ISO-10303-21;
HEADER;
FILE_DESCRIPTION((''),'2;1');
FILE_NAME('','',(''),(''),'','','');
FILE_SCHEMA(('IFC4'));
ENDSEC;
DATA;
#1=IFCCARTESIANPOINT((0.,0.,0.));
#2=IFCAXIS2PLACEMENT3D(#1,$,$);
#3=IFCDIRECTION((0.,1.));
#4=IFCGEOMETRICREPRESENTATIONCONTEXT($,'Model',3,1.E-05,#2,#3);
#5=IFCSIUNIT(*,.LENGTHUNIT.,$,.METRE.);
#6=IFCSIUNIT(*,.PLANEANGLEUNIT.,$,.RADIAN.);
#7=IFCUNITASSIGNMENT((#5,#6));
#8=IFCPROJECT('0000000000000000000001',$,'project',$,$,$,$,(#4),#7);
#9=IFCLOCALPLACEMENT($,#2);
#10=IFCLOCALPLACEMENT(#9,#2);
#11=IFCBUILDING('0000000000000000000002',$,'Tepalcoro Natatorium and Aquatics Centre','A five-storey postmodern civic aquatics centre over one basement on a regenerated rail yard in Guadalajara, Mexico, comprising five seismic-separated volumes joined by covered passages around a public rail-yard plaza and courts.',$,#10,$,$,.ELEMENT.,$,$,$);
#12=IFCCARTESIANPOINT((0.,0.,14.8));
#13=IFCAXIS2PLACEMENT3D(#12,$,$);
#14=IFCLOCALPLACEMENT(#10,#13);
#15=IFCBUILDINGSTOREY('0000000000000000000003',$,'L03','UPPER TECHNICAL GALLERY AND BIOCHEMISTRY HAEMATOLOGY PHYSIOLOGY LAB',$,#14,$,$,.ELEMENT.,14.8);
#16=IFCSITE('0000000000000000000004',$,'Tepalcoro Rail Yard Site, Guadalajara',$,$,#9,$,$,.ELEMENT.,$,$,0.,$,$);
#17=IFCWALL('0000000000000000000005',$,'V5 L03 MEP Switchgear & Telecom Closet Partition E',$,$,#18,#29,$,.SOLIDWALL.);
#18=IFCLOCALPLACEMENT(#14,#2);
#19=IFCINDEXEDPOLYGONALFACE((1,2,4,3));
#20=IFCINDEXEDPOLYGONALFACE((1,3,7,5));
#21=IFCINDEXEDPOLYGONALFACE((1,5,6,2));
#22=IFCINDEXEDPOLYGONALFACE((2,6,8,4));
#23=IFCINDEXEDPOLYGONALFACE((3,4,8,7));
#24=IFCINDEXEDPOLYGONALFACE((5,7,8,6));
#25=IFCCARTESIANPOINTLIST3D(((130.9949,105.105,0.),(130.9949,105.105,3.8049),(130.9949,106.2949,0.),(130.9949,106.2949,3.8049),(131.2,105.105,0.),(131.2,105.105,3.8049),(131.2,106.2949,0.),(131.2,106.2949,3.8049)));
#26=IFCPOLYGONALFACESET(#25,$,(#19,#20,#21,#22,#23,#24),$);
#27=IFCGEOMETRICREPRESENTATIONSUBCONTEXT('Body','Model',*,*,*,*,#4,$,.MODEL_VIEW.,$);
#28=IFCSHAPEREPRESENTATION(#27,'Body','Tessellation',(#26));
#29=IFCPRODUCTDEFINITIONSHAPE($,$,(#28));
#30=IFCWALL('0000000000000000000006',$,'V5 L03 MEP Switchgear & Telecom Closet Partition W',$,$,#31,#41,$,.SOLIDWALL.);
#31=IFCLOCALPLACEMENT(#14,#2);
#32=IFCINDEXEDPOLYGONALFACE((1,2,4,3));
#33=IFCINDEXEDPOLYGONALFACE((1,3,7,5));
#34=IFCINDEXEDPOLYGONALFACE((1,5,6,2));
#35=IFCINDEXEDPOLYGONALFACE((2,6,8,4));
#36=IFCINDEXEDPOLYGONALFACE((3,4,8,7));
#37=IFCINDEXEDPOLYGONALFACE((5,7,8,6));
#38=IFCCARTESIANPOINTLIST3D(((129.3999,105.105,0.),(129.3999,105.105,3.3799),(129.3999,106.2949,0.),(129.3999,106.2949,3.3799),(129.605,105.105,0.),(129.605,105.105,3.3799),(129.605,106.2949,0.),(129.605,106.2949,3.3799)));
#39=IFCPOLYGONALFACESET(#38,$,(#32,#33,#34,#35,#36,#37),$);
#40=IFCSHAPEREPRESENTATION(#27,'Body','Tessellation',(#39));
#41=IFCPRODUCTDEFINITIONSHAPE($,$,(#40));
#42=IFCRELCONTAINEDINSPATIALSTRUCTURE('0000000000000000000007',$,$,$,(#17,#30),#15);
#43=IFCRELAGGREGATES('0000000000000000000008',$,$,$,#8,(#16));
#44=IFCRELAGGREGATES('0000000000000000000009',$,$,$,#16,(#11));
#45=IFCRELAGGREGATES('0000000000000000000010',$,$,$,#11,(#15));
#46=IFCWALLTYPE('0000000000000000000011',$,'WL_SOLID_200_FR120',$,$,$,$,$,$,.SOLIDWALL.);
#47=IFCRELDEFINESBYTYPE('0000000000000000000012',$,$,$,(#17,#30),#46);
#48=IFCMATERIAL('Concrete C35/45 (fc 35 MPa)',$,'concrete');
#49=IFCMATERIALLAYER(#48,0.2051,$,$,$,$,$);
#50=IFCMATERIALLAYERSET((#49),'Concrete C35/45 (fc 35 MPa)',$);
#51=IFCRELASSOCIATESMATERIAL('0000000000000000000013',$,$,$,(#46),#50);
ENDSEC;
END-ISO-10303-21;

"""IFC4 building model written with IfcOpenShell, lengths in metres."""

from ifc_helpers import new_model, si_unit, direction, frame, frame_2d, origin, place, context, subcontext, project, spatial, rectangle, extrude, material, layer, layer_set, type_object, element, save


model = new_model("IFC4")

# Units and contexts
model_context = context("Model", 3, precision=1e-05, world=origin(), true_north=direction((0.0, 1.0)))
body_context = subcontext(model_context, "Body", "Model", "MODEL_VIEW")
ifc_project = project(units=[si_unit("LENGTHUNIT", "METRE"), si_unit("PLANEANGLEUNIT", "RADIAN")], contexts=[model_context])

# Site, building, storey
site_placement = place(None, origin())
site = spatial("IfcSite", under=ifc_project, at=site_placement, Name="Tepalcoro Rail Yard Site, Guadalajara", CompositionType="ELEMENT", RefElevation=0.0)
building_placement = place(site_placement, origin())
building = spatial("IfcBuilding", under=site, at=building_placement, Name="Tepalcoro Natatorium and Aquatics Centre", Description="A five-storey postmodern civic aquatics centre over one basement on a regenerated rail yard in Guadalajara, Mexico, comprising five seismic-separated volumes joined by covered passages around a public rail-yard plaza and courts.", CompositionType="ELEMENT")
storey_placement = place(building_placement, frame((0.0, 0.0, 14.8)))
storey = spatial("IfcBuildingStorey", under=building, at=storey_placement, Name="L03", Description="UPPER TECHNICAL GALLERY AND BIOCHEMISTRY HAEMATOLOGY PHYSIOLOGY LAB", CompositionType="ELEMENT", Elevation=14.8)

# Shared definitions
ifc_material_1 = material(Name="Concrete C35/45 (fc 35 MPa)", Category="concrete")
ifc_layer_1 = layer(ifc_material_1, 0.2051)
ifc_layer_set_1 = layer_set([ifc_layer_1], Name="Concrete C35/45 (fc 35 MPa)")
wall_type_1 = type_object("IfcWallType", Name="WL_SOLID_200_FR120", PredefinedType="SOLIDWALL", material=ifc_layer_set_1)

# Walls
wall_1_placement = place(storey_placement, frame((131.0974, 105.105, 0.0), z_axis=(0.0, 0.0, 1.0), x_axis=(0.0, 1.0, 0.0)))
element("IfcWall", 1, at=wall_1_placement, inside=storey, type_object=wall_type_1, Name="V5 L03 MEP Switchgear & Telecom Closet Partition E", PredefinedType="SOLIDWALL", context=body_context, shape_type="SweptSolid", body=[
    extrude(rectangle(XDim=1.1899, YDim=0.2051, at=frame_2d((0.595, 0.0))), origin(), (0.0, 0.0, 1.0), 3.8049),
])
wall_2_placement = place(storey_placement, frame((129.5024, 105.105, 0.0), z_axis=(0.0, 0.0, 1.0), x_axis=(0.0, 1.0, 0.0)))
element("IfcWall", 2, at=wall_2_placement, inside=storey, type_object=wall_type_1, Name="V5 L03 MEP Switchgear & Telecom Closet Partition W", PredefinedType="SOLIDWALL", context=body_context, shape_type="SweptSolid", body=[
    extrude(rectangle(XDim=1.1899, YDim=0.2051, at=frame_2d((0.595, 0.0))), origin(), (0.0, 0.0, 1.0), 3.3799),
])

save(model, "model.ifc")
